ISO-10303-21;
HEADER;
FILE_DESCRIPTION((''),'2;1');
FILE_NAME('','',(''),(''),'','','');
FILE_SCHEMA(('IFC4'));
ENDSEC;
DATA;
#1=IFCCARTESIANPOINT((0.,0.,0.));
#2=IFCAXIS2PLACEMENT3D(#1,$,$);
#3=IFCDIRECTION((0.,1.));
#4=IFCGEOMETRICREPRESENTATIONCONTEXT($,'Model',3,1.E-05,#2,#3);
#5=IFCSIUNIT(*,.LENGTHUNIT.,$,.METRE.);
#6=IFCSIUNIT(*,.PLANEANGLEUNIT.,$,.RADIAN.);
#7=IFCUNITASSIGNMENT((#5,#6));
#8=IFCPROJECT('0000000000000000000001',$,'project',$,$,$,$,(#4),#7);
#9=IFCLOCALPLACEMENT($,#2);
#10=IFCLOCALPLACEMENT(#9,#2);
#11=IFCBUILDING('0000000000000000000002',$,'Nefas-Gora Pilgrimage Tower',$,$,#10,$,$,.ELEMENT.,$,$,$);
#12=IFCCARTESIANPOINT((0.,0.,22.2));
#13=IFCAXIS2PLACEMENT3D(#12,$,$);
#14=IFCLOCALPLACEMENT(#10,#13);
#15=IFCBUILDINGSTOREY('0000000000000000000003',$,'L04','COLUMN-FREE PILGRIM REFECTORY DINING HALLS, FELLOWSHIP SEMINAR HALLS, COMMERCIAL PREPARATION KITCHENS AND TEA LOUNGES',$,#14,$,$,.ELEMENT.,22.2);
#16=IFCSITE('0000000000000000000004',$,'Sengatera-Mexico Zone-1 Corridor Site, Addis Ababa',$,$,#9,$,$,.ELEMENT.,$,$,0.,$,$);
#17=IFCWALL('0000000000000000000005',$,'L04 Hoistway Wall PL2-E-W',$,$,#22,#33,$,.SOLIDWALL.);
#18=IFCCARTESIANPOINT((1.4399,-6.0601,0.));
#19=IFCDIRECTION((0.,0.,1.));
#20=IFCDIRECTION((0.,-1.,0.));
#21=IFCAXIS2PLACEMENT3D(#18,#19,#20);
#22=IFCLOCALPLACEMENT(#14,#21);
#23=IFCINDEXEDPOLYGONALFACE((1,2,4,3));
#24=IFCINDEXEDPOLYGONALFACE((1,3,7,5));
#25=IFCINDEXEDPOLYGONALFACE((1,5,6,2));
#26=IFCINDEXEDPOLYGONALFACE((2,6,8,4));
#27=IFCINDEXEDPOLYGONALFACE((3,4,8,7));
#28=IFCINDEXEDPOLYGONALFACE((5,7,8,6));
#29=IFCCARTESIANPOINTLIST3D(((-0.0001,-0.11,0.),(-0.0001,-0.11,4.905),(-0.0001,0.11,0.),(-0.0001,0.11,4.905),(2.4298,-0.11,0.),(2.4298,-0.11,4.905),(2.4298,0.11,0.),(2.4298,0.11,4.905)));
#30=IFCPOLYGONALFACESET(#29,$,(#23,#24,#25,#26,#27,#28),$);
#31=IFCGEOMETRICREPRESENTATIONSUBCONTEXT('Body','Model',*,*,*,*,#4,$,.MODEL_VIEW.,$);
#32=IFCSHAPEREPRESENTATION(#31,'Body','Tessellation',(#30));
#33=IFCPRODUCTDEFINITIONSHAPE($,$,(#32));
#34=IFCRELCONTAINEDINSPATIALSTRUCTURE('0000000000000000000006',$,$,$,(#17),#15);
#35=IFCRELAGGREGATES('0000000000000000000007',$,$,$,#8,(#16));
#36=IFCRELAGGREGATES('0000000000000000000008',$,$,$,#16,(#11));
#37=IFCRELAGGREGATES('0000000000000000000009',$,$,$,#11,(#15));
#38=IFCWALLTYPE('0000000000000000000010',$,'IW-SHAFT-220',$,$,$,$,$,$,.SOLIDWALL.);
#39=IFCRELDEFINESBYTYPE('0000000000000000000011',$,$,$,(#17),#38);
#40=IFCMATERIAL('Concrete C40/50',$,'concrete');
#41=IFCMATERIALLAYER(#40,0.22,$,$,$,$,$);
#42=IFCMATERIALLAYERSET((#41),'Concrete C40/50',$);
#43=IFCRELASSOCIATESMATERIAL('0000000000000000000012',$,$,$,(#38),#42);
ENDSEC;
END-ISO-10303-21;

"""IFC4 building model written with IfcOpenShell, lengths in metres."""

from ifc_helpers import new_model, si_unit, direction, frame, frame_2d, origin, place, context, subcontext, project, spatial, rectangle, extrude, source, transform, mapped, material, layer, layer_set, type_object, element, save


model = new_model("IFC4")

# Units and contexts
model_context = context("Model", 3, precision=1e-05, world=origin(), true_north=direction((0.0, 1.0)))
body_context = subcontext(model_context, "Body", "Model", "MODEL_VIEW")
ifc_project = project(units=[si_unit("LENGTHUNIT", "METRE"), si_unit("PLANEANGLEUNIT", "RADIAN")], contexts=[model_context])

# Site, building, storey
site_placement = place(None, origin())
site = spatial("IfcSite", under=ifc_project, at=site_placement, Name="Sengatera-Mexico Zone-1 Corridor Site, Addis Ababa", CompositionType="ELEMENT", RefElevation=0.0)
building_placement = place(site_placement, origin())
building = spatial("IfcBuilding", under=site, at=building_placement, Name="Nefas-Gora Pilgrimage Tower", CompositionType="ELEMENT")
storey_placement = place(building_placement, frame((0.0, 0.0, 22.2)))
storey = spatial("IfcBuildingStorey", under=building, at=storey_placement, Name="L04", Description="COLUMN-FREE PILGRIM REFECTORY DINING HALLS, FELLOWSHIP SEMINAR HALLS, COMMERCIAL PREPARATION KITCHENS AND TEA LOUNGES", CompositionType="ELEMENT", Elevation=22.2)

# Shared definitions
ifc_material_1 = material(Name="Concrete C40/50", Category="concrete")
ifc_layer_1 = layer(ifc_material_1, 0.22)
ifc_layer_set_1 = layer_set([ifc_layer_1], Name="Concrete C40/50")
wall_type_1 = type_object("IfcWallType", Name="IW-SHAFT-220", PredefinedType="SOLIDWALL", material=ifc_layer_set_1)

# Wall
shared_shape_1 = source(origin(), body_context, "Body", "SweptSolid", [
    extrude(rectangle(XDim=2.4299, YDim=0.22, at=frame_2d((1.2148, 0.0))), origin(), (0.0, 0.0, 1.0), 4.905),
])
for number, where, z_axis, x_axis, name in (
    (1, (1.4399, -6.0601, 0.0), (0.0, 0.0, 1.0), (0.0, -1.0, 0.0), "L04 Hoistway Wall PL2-E-W"),
):
    element("IfcWall", number, at=place(storey_placement, frame(where, z_axis=z_axis, x_axis=x_axis)), inside=storey, type_object=wall_type_1, Name=name, PredefinedType="SOLIDWALL", context=body_context, shape_type="MappedRepresentation", body=[
        mapped(shared_shape_1, transform((0.0, 0.0, 0.0), x_axis=(1.0, 0.0, 0.0), y_axis=(0.0, 1.0, 0.0), z_axis=(0.0, 0.0, 1.0), scale=1.0)),
    ])

save(model, "model.ifc")
